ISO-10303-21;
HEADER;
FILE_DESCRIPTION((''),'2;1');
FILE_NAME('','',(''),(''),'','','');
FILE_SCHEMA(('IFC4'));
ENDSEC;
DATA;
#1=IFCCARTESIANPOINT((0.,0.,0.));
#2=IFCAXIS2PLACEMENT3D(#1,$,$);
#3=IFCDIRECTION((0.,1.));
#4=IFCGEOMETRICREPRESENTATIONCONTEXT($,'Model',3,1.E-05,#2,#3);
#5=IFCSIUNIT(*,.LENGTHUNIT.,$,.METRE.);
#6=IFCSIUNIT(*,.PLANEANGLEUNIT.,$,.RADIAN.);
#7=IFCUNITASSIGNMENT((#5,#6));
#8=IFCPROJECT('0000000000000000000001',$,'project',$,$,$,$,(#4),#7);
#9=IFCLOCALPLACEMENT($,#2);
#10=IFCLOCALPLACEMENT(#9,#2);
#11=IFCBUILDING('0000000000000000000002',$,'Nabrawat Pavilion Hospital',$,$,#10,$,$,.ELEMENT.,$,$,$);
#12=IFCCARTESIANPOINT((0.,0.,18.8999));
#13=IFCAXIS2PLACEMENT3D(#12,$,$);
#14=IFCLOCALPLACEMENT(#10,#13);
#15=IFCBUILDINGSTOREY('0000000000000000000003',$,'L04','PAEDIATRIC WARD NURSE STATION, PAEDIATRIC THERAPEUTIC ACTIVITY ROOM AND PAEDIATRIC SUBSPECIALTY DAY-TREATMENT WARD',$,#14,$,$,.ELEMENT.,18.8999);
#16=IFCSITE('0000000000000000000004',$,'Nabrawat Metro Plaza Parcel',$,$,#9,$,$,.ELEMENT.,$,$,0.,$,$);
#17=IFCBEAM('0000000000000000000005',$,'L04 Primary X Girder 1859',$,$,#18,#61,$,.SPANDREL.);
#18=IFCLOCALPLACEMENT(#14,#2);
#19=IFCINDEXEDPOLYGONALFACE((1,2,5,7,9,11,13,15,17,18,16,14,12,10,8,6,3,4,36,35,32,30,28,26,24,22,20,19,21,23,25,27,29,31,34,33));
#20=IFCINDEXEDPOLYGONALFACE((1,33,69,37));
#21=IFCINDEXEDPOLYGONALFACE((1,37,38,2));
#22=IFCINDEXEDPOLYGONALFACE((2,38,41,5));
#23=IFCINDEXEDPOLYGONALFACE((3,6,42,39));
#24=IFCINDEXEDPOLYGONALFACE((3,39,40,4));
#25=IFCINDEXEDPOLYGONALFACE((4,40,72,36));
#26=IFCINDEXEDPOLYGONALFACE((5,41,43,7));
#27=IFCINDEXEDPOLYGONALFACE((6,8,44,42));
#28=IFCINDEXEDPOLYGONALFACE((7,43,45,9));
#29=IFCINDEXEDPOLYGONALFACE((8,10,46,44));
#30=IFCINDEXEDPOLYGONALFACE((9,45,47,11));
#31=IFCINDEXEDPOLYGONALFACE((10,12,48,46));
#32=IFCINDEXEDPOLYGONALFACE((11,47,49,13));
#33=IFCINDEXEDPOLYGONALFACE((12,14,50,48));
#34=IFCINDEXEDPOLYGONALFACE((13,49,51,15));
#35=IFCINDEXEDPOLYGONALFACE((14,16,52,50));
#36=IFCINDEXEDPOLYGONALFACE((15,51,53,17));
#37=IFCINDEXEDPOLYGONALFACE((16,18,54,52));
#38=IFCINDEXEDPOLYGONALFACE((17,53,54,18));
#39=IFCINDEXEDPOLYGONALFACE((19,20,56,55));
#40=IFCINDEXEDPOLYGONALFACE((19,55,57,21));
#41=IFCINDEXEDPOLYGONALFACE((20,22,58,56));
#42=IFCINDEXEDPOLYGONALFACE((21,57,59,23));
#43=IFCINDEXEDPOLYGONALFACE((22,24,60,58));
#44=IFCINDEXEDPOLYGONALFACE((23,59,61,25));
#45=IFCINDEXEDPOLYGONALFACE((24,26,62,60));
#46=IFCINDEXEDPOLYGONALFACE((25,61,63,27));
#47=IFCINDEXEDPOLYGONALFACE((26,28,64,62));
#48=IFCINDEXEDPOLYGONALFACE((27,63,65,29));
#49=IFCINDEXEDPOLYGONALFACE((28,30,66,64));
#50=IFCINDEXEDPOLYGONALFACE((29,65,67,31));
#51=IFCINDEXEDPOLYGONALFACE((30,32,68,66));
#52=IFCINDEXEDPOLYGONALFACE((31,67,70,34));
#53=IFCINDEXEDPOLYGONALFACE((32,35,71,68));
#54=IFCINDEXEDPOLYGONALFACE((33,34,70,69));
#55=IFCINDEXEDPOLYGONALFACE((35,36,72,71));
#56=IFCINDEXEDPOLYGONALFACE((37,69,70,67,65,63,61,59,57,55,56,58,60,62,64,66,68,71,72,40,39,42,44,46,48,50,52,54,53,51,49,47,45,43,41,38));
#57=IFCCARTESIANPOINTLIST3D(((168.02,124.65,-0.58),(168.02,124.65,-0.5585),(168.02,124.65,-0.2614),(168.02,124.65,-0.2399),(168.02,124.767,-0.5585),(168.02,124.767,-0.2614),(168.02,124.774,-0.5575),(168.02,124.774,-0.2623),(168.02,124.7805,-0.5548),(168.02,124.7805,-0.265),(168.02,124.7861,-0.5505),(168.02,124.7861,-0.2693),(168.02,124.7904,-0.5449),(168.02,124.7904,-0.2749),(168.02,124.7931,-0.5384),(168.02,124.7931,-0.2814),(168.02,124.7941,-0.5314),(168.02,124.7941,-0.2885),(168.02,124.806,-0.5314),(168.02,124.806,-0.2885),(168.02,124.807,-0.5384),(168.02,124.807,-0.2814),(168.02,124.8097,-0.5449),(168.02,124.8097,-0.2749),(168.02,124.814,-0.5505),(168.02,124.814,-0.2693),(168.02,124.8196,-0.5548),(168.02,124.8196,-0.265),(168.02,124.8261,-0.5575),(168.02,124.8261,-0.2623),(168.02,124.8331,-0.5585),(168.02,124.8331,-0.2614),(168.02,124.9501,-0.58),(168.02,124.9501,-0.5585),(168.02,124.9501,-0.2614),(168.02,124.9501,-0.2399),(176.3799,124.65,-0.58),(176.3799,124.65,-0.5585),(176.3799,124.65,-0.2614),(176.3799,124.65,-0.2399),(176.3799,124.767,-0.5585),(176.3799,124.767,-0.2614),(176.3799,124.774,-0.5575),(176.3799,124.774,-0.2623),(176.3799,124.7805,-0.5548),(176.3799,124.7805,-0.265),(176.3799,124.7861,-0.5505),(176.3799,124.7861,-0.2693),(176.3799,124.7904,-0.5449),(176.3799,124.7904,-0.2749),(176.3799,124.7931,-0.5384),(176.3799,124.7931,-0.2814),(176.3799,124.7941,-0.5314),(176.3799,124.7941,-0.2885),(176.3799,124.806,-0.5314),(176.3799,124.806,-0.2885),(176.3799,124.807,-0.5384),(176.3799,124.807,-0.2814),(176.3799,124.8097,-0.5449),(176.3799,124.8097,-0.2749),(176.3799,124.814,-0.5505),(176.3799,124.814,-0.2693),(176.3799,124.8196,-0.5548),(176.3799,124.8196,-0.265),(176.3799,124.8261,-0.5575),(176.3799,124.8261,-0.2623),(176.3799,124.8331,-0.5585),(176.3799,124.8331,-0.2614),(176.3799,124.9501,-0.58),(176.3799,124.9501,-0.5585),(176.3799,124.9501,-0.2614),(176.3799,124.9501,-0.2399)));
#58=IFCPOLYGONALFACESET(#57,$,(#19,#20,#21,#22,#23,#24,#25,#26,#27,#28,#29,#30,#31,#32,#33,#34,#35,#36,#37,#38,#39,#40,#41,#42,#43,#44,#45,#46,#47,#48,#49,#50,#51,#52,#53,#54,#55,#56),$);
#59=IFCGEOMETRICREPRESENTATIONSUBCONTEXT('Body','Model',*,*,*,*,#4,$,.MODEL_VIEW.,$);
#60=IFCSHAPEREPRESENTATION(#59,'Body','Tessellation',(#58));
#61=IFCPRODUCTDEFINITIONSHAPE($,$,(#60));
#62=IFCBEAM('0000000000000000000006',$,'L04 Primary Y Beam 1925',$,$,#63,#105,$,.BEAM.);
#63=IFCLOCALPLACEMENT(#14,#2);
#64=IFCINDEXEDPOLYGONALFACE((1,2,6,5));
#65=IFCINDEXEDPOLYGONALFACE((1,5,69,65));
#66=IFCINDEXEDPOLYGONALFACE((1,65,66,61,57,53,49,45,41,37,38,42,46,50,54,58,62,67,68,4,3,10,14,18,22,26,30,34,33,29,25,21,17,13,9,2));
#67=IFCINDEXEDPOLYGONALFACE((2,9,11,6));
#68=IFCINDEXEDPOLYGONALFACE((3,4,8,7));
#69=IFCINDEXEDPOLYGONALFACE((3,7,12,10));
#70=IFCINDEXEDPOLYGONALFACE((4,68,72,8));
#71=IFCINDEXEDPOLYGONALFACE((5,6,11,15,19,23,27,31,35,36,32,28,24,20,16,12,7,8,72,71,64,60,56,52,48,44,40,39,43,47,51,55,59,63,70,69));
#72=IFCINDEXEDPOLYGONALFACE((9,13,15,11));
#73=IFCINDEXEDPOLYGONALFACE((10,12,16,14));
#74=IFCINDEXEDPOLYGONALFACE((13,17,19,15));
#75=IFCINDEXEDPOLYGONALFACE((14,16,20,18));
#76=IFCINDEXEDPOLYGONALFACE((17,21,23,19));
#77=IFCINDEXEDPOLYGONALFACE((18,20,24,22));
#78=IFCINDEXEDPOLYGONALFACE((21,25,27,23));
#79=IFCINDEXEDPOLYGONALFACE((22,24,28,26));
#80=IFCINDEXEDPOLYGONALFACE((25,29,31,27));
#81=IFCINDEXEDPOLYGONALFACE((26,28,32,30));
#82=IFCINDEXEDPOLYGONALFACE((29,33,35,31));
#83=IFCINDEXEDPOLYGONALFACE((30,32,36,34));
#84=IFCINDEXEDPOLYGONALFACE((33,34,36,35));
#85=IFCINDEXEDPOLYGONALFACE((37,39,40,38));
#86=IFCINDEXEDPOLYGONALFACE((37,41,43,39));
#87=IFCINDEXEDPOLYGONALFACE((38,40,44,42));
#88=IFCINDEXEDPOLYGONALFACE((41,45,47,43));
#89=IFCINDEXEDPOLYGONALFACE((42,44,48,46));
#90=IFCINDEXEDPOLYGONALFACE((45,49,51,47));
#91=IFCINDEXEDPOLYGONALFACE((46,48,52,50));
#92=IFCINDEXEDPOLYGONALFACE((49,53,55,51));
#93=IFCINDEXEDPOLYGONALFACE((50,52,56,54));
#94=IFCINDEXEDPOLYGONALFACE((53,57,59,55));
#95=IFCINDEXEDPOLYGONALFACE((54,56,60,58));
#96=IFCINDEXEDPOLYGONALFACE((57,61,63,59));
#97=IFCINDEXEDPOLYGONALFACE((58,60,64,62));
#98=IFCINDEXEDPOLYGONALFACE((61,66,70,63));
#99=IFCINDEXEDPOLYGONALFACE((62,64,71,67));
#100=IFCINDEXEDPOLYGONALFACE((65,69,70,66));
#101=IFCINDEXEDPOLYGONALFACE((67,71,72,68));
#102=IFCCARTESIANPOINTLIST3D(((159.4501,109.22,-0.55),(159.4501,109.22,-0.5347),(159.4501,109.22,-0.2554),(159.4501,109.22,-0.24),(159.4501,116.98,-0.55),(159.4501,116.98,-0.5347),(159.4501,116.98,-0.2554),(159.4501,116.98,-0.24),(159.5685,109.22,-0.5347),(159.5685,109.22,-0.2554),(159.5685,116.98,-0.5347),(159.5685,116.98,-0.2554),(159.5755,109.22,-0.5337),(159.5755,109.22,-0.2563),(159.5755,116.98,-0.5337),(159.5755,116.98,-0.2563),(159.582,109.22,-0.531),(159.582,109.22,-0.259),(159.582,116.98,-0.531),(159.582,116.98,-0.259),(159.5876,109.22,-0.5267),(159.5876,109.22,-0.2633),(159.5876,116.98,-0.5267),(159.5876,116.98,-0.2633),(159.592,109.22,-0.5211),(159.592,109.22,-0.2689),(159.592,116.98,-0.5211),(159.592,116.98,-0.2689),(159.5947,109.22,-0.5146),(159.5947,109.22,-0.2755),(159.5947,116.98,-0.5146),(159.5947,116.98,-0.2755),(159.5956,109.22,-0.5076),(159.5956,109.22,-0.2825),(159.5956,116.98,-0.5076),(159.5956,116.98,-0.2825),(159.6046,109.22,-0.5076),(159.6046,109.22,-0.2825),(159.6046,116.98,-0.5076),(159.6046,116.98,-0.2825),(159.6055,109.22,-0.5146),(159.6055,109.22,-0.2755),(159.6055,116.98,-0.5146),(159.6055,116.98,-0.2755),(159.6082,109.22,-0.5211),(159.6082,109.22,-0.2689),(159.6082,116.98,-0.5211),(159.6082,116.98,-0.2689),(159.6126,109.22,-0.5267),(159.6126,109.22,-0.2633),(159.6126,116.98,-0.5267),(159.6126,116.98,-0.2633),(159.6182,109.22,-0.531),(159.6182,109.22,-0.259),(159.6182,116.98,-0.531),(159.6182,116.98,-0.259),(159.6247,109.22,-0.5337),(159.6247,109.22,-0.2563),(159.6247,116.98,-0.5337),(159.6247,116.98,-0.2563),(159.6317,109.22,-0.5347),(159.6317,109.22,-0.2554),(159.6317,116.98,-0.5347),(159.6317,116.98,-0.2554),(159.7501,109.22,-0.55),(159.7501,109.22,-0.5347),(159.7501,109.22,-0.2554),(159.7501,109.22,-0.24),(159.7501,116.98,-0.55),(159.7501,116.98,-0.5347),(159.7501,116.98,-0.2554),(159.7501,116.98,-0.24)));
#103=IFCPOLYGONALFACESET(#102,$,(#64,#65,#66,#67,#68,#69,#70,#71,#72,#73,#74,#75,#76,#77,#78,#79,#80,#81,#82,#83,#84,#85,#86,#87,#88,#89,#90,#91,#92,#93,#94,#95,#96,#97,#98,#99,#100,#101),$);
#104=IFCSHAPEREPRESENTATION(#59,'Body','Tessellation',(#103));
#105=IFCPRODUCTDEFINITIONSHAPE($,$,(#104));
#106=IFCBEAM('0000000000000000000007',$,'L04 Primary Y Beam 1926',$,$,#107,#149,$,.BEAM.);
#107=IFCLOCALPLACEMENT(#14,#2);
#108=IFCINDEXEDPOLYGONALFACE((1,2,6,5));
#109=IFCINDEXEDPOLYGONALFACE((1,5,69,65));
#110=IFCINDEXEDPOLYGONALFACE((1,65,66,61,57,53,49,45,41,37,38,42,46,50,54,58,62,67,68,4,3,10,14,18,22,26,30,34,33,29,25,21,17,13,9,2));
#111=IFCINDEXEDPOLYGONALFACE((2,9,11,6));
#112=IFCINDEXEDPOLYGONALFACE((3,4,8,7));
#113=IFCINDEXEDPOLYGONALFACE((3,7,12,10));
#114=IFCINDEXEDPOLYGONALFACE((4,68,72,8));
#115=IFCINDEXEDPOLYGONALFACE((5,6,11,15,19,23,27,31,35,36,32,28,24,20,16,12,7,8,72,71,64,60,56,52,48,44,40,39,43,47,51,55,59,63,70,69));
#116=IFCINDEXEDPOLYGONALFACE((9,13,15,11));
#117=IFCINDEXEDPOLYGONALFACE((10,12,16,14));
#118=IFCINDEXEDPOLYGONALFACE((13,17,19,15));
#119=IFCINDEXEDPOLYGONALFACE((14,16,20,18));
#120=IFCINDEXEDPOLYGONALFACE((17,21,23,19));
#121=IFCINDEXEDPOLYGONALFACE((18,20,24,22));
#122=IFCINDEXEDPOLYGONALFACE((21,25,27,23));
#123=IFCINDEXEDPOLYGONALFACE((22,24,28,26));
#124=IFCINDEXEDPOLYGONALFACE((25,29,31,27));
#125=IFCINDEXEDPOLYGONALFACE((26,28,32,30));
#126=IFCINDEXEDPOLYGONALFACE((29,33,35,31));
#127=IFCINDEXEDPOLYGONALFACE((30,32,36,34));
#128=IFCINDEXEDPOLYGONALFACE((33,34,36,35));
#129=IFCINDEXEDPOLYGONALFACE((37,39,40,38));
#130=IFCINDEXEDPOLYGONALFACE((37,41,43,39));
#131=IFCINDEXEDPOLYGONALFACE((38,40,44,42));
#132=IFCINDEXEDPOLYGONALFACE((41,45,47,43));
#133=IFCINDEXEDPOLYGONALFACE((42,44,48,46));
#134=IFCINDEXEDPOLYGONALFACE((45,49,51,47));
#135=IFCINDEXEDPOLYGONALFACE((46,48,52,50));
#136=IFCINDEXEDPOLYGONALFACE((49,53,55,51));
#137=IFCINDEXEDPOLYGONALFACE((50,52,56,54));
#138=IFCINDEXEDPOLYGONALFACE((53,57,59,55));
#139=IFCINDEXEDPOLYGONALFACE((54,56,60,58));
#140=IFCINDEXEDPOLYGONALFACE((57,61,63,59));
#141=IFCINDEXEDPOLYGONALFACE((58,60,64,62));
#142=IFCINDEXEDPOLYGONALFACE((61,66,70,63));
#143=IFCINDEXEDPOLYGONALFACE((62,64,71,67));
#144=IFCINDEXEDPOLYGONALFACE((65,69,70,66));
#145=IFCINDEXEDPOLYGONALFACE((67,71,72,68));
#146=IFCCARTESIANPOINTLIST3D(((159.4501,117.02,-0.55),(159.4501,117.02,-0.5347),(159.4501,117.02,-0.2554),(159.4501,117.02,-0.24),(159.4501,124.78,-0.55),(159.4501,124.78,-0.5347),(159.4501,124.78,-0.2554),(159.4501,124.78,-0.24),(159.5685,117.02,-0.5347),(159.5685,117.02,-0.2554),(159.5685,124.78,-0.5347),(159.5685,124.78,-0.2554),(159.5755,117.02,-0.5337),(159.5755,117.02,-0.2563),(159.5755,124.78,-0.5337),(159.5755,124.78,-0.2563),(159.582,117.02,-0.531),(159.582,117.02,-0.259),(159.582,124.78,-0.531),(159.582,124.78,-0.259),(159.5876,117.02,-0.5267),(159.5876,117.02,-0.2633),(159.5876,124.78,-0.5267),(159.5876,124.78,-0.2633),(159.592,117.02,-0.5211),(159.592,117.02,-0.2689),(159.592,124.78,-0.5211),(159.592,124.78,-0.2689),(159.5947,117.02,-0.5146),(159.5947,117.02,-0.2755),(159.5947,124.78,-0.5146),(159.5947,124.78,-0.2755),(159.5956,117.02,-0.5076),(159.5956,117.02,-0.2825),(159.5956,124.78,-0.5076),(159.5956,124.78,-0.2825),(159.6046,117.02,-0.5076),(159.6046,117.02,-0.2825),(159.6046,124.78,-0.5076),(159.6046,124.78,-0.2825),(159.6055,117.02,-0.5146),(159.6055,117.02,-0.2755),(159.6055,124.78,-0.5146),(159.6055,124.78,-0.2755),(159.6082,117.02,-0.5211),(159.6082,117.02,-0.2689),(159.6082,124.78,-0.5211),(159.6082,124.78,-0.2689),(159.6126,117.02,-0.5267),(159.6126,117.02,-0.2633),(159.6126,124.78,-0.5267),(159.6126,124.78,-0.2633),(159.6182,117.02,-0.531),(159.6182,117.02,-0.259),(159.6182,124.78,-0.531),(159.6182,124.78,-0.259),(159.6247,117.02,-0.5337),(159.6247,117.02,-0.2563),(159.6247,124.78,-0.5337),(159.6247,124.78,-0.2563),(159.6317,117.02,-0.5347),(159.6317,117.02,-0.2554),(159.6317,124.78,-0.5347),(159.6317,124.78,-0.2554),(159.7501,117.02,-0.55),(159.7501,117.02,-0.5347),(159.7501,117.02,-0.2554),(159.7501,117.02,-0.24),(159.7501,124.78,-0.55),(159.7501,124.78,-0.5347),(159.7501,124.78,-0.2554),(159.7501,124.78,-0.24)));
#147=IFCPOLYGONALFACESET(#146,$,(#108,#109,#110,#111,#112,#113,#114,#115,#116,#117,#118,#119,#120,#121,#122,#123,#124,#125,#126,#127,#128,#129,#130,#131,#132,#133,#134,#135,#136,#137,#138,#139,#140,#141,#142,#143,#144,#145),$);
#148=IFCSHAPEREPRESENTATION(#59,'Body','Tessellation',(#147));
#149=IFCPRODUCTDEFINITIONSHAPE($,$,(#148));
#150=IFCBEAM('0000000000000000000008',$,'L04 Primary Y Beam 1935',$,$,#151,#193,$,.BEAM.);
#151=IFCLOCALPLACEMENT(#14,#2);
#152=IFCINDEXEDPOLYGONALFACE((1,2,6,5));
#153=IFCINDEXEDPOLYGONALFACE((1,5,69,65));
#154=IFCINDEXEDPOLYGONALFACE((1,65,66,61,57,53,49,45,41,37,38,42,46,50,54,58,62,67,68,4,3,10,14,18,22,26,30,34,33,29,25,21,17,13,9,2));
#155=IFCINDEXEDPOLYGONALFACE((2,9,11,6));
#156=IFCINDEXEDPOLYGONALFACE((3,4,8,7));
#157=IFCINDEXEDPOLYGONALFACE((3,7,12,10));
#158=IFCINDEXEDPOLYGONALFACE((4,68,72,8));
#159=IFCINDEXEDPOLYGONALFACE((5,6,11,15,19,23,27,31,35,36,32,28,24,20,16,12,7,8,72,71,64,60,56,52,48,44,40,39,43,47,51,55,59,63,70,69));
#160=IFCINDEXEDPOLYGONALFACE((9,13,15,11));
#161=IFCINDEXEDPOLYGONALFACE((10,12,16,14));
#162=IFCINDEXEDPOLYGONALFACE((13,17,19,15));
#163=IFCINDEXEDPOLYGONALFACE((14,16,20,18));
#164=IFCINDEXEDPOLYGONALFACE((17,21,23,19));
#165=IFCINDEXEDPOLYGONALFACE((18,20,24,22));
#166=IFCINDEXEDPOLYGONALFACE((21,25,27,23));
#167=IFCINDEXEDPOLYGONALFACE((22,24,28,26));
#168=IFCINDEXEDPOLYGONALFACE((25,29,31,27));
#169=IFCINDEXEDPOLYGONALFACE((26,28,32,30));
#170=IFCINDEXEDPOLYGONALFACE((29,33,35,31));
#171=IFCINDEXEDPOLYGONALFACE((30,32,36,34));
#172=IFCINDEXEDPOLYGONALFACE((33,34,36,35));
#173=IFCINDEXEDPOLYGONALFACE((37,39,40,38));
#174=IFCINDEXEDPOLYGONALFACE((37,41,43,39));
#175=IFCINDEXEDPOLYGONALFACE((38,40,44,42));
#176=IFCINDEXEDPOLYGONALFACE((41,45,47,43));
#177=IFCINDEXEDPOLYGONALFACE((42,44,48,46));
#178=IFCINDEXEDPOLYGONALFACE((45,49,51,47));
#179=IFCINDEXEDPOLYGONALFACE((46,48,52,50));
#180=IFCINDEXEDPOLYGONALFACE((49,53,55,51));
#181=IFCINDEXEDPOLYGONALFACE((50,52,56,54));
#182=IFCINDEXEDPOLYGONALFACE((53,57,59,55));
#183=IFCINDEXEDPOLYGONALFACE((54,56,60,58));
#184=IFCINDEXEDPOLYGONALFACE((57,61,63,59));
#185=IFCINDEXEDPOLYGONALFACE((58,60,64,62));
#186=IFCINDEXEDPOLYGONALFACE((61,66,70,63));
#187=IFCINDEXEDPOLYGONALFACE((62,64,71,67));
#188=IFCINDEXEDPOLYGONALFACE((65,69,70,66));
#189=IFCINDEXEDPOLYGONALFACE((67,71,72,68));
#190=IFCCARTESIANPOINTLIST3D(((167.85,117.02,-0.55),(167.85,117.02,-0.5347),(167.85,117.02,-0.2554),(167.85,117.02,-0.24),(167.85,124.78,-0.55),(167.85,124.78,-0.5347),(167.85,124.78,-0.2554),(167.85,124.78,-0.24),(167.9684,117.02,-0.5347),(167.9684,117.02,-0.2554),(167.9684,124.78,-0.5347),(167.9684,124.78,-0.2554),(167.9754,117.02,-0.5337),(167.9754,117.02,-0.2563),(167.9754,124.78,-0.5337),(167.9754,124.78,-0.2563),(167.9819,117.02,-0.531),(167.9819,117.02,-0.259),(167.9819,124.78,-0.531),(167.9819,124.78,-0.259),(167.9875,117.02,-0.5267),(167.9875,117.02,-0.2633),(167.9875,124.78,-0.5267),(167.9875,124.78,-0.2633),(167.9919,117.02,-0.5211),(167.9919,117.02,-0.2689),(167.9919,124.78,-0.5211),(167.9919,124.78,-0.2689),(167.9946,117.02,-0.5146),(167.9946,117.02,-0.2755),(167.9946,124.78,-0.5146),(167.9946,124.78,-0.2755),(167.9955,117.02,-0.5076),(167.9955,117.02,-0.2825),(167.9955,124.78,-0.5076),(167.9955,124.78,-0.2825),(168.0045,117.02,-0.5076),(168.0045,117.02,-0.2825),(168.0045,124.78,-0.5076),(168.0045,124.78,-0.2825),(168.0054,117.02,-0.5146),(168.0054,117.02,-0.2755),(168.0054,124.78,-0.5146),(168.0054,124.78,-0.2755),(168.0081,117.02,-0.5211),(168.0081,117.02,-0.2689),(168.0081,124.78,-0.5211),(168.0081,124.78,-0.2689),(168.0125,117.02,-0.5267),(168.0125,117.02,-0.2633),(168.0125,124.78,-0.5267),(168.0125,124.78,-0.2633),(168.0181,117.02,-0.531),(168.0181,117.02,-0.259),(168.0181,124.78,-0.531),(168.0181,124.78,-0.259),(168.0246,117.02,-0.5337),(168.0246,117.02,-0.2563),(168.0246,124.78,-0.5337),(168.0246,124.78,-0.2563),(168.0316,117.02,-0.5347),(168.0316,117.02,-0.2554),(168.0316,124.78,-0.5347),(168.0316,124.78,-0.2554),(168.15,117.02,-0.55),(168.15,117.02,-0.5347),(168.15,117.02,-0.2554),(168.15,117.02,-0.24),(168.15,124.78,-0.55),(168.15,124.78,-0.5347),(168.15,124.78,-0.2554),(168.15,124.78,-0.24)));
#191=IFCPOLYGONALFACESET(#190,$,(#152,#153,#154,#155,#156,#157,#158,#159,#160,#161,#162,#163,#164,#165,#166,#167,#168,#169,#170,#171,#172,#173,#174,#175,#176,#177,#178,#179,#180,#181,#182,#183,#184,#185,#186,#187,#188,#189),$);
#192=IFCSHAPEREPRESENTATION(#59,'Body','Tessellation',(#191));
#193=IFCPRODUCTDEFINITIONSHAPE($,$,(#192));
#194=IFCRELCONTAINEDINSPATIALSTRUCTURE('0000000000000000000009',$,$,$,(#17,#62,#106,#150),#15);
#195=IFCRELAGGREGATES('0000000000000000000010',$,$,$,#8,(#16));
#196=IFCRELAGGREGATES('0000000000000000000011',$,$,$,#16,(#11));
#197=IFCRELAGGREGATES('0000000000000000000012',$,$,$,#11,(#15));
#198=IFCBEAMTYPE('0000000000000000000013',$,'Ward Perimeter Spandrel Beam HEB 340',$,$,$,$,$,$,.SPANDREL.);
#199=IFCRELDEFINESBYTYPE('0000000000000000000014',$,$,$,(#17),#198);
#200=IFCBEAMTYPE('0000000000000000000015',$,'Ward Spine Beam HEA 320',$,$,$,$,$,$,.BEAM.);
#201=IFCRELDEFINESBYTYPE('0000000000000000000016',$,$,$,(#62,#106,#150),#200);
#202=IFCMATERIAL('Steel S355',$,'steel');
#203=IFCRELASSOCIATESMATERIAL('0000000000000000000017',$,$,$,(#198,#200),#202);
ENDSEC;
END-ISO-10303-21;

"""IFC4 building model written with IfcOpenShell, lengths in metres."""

from ifc_helpers import new_model, si_unit, direction, frame, origin, origin_2d, place, context, subcontext, project, spatial, i_section, extrude, material, material_profile, profile_set, type_object, element, save


model = new_model("IFC4")

# Units and contexts
model_context = context("Model", 3, precision=1e-05, world=origin(), true_north=direction((0.0, 1.0)))
body_context = subcontext(model_context, "Body", "Model", "MODEL_VIEW")
ifc_project = project(units=[si_unit("LENGTHUNIT", "METRE"), si_unit("PLANEANGLEUNIT", "RADIAN")], contexts=[model_context])

# Site, building, storey
site_placement = place(None, origin())
site = spatial("IfcSite", under=ifc_project, at=site_placement, Name="Nabrawat Metro Plaza Parcel", CompositionType="ELEMENT", RefElevation=0.0)
building_placement = place(site_placement, origin())
building = spatial("IfcBuilding", under=site, at=building_placement, Name="Nabrawat Pavilion Hospital", CompositionType="ELEMENT")
storey_placement = place(building_placement, frame((0.0, 0.0, 18.8999)))
storey = spatial("IfcBuildingStorey", under=building, at=storey_placement, Name="L04", Description="PAEDIATRIC WARD NURSE STATION, PAEDIATRIC THERAPEUTIC ACTIVITY ROOM AND PAEDIATRIC SUBSPECIALTY DAY-TREATMENT WARD", CompositionType="ELEMENT", Elevation=18.8999)

# Shared definitions
ifc_material_1 = material(Name="Steel S355", Category="steel")

# Beams
ifc_material_profile_1 = material_profile(ifc_material_1, i_section(OverallWidth=0.3, OverallDepth=0.3401, WebThickness=0.012, FlangeThickness=0.0215, FilletRadius=0.0271, at=origin_2d()), Name="HEB 340")
ifc_profile_set_1 = profile_set([ifc_material_profile_1], Name="Steel S355")
beam_type_1 = type_object("IfcBeamType", Name="Ward Perimeter Spandrel Beam HEB 340", PredefinedType="SPANDREL", material=ifc_profile_set_1)
for number, where, z_axis, x_axis, name in (
    (1, (168.02, 124.8, -0.4099), (1.0, 0.0, 0.0), (0.0, 1.0, 0.0), "L04 Primary X Girder 1859"),
):
    element("IfcBeam", number, at=place(storey_placement, frame(where, z_axis=z_axis, x_axis=x_axis)), inside=storey, type_object=beam_type_1, Name=name, PredefinedType="SPANDREL", context=body_context, shape_type="SweptSolid", body=[
        extrude(i_section(OverallWidth=0.3, OverallDepth=0.3401, WebThickness=0.012, FlangeThickness=0.0215, FilletRadius=0.0271, at=origin_2d()), origin(), (0.0, 0.0, 1.0), 8.3599),
    ])
ifc_material_profile_2 = material_profile(ifc_material_1, i_section(OverallWidth=0.3, OverallDepth=0.3101, WebThickness=0.009, FlangeThickness=0.0154, FilletRadius=0.0271, at=origin_2d()), Name="HEA 320")
ifc_profile_set_2 = profile_set([ifc_material_profile_2], Name="Steel S355")
beam_type_2 = type_object("IfcBeamType", Name="Ward Spine Beam HEA 320", PredefinedType="BEAM", material=ifc_profile_set_2)
for number, where, z_axis, x_axis, name in (
    (2, (159.6001, 109.22, -0.395), (0.0, 1.0, 0.0), (-1.0, 0.0, 0.0), "L04 Primary Y Beam 1925"),
    (3, (159.6001, 117.02, -0.395), (0.0, 1.0, 0.0), (-1.0, 0.0, 0.0), "L04 Primary Y Beam 1926"),
    (4, (168.0, 117.02, -0.395), (0.0, 1.0, 0.0), (-1.0, 0.0, 0.0), "L04 Primary Y Beam 1935"),
):
    element("IfcBeam", number, at=place(storey_placement, frame(where, z_axis=z_axis, x_axis=x_axis)), inside=storey, type_object=beam_type_2, Name=name, PredefinedType="BEAM", context=body_context, shape_type="SweptSolid", body=[
        extrude(i_section(OverallWidth=0.3, OverallDepth=0.3101, WebThickness=0.009, FlangeThickness=0.0154, FilletRadius=0.0271, at=origin_2d()), origin(), (0.0, 0.0, 1.0), 7.76),
    ])

save(model, "model.ifc")
